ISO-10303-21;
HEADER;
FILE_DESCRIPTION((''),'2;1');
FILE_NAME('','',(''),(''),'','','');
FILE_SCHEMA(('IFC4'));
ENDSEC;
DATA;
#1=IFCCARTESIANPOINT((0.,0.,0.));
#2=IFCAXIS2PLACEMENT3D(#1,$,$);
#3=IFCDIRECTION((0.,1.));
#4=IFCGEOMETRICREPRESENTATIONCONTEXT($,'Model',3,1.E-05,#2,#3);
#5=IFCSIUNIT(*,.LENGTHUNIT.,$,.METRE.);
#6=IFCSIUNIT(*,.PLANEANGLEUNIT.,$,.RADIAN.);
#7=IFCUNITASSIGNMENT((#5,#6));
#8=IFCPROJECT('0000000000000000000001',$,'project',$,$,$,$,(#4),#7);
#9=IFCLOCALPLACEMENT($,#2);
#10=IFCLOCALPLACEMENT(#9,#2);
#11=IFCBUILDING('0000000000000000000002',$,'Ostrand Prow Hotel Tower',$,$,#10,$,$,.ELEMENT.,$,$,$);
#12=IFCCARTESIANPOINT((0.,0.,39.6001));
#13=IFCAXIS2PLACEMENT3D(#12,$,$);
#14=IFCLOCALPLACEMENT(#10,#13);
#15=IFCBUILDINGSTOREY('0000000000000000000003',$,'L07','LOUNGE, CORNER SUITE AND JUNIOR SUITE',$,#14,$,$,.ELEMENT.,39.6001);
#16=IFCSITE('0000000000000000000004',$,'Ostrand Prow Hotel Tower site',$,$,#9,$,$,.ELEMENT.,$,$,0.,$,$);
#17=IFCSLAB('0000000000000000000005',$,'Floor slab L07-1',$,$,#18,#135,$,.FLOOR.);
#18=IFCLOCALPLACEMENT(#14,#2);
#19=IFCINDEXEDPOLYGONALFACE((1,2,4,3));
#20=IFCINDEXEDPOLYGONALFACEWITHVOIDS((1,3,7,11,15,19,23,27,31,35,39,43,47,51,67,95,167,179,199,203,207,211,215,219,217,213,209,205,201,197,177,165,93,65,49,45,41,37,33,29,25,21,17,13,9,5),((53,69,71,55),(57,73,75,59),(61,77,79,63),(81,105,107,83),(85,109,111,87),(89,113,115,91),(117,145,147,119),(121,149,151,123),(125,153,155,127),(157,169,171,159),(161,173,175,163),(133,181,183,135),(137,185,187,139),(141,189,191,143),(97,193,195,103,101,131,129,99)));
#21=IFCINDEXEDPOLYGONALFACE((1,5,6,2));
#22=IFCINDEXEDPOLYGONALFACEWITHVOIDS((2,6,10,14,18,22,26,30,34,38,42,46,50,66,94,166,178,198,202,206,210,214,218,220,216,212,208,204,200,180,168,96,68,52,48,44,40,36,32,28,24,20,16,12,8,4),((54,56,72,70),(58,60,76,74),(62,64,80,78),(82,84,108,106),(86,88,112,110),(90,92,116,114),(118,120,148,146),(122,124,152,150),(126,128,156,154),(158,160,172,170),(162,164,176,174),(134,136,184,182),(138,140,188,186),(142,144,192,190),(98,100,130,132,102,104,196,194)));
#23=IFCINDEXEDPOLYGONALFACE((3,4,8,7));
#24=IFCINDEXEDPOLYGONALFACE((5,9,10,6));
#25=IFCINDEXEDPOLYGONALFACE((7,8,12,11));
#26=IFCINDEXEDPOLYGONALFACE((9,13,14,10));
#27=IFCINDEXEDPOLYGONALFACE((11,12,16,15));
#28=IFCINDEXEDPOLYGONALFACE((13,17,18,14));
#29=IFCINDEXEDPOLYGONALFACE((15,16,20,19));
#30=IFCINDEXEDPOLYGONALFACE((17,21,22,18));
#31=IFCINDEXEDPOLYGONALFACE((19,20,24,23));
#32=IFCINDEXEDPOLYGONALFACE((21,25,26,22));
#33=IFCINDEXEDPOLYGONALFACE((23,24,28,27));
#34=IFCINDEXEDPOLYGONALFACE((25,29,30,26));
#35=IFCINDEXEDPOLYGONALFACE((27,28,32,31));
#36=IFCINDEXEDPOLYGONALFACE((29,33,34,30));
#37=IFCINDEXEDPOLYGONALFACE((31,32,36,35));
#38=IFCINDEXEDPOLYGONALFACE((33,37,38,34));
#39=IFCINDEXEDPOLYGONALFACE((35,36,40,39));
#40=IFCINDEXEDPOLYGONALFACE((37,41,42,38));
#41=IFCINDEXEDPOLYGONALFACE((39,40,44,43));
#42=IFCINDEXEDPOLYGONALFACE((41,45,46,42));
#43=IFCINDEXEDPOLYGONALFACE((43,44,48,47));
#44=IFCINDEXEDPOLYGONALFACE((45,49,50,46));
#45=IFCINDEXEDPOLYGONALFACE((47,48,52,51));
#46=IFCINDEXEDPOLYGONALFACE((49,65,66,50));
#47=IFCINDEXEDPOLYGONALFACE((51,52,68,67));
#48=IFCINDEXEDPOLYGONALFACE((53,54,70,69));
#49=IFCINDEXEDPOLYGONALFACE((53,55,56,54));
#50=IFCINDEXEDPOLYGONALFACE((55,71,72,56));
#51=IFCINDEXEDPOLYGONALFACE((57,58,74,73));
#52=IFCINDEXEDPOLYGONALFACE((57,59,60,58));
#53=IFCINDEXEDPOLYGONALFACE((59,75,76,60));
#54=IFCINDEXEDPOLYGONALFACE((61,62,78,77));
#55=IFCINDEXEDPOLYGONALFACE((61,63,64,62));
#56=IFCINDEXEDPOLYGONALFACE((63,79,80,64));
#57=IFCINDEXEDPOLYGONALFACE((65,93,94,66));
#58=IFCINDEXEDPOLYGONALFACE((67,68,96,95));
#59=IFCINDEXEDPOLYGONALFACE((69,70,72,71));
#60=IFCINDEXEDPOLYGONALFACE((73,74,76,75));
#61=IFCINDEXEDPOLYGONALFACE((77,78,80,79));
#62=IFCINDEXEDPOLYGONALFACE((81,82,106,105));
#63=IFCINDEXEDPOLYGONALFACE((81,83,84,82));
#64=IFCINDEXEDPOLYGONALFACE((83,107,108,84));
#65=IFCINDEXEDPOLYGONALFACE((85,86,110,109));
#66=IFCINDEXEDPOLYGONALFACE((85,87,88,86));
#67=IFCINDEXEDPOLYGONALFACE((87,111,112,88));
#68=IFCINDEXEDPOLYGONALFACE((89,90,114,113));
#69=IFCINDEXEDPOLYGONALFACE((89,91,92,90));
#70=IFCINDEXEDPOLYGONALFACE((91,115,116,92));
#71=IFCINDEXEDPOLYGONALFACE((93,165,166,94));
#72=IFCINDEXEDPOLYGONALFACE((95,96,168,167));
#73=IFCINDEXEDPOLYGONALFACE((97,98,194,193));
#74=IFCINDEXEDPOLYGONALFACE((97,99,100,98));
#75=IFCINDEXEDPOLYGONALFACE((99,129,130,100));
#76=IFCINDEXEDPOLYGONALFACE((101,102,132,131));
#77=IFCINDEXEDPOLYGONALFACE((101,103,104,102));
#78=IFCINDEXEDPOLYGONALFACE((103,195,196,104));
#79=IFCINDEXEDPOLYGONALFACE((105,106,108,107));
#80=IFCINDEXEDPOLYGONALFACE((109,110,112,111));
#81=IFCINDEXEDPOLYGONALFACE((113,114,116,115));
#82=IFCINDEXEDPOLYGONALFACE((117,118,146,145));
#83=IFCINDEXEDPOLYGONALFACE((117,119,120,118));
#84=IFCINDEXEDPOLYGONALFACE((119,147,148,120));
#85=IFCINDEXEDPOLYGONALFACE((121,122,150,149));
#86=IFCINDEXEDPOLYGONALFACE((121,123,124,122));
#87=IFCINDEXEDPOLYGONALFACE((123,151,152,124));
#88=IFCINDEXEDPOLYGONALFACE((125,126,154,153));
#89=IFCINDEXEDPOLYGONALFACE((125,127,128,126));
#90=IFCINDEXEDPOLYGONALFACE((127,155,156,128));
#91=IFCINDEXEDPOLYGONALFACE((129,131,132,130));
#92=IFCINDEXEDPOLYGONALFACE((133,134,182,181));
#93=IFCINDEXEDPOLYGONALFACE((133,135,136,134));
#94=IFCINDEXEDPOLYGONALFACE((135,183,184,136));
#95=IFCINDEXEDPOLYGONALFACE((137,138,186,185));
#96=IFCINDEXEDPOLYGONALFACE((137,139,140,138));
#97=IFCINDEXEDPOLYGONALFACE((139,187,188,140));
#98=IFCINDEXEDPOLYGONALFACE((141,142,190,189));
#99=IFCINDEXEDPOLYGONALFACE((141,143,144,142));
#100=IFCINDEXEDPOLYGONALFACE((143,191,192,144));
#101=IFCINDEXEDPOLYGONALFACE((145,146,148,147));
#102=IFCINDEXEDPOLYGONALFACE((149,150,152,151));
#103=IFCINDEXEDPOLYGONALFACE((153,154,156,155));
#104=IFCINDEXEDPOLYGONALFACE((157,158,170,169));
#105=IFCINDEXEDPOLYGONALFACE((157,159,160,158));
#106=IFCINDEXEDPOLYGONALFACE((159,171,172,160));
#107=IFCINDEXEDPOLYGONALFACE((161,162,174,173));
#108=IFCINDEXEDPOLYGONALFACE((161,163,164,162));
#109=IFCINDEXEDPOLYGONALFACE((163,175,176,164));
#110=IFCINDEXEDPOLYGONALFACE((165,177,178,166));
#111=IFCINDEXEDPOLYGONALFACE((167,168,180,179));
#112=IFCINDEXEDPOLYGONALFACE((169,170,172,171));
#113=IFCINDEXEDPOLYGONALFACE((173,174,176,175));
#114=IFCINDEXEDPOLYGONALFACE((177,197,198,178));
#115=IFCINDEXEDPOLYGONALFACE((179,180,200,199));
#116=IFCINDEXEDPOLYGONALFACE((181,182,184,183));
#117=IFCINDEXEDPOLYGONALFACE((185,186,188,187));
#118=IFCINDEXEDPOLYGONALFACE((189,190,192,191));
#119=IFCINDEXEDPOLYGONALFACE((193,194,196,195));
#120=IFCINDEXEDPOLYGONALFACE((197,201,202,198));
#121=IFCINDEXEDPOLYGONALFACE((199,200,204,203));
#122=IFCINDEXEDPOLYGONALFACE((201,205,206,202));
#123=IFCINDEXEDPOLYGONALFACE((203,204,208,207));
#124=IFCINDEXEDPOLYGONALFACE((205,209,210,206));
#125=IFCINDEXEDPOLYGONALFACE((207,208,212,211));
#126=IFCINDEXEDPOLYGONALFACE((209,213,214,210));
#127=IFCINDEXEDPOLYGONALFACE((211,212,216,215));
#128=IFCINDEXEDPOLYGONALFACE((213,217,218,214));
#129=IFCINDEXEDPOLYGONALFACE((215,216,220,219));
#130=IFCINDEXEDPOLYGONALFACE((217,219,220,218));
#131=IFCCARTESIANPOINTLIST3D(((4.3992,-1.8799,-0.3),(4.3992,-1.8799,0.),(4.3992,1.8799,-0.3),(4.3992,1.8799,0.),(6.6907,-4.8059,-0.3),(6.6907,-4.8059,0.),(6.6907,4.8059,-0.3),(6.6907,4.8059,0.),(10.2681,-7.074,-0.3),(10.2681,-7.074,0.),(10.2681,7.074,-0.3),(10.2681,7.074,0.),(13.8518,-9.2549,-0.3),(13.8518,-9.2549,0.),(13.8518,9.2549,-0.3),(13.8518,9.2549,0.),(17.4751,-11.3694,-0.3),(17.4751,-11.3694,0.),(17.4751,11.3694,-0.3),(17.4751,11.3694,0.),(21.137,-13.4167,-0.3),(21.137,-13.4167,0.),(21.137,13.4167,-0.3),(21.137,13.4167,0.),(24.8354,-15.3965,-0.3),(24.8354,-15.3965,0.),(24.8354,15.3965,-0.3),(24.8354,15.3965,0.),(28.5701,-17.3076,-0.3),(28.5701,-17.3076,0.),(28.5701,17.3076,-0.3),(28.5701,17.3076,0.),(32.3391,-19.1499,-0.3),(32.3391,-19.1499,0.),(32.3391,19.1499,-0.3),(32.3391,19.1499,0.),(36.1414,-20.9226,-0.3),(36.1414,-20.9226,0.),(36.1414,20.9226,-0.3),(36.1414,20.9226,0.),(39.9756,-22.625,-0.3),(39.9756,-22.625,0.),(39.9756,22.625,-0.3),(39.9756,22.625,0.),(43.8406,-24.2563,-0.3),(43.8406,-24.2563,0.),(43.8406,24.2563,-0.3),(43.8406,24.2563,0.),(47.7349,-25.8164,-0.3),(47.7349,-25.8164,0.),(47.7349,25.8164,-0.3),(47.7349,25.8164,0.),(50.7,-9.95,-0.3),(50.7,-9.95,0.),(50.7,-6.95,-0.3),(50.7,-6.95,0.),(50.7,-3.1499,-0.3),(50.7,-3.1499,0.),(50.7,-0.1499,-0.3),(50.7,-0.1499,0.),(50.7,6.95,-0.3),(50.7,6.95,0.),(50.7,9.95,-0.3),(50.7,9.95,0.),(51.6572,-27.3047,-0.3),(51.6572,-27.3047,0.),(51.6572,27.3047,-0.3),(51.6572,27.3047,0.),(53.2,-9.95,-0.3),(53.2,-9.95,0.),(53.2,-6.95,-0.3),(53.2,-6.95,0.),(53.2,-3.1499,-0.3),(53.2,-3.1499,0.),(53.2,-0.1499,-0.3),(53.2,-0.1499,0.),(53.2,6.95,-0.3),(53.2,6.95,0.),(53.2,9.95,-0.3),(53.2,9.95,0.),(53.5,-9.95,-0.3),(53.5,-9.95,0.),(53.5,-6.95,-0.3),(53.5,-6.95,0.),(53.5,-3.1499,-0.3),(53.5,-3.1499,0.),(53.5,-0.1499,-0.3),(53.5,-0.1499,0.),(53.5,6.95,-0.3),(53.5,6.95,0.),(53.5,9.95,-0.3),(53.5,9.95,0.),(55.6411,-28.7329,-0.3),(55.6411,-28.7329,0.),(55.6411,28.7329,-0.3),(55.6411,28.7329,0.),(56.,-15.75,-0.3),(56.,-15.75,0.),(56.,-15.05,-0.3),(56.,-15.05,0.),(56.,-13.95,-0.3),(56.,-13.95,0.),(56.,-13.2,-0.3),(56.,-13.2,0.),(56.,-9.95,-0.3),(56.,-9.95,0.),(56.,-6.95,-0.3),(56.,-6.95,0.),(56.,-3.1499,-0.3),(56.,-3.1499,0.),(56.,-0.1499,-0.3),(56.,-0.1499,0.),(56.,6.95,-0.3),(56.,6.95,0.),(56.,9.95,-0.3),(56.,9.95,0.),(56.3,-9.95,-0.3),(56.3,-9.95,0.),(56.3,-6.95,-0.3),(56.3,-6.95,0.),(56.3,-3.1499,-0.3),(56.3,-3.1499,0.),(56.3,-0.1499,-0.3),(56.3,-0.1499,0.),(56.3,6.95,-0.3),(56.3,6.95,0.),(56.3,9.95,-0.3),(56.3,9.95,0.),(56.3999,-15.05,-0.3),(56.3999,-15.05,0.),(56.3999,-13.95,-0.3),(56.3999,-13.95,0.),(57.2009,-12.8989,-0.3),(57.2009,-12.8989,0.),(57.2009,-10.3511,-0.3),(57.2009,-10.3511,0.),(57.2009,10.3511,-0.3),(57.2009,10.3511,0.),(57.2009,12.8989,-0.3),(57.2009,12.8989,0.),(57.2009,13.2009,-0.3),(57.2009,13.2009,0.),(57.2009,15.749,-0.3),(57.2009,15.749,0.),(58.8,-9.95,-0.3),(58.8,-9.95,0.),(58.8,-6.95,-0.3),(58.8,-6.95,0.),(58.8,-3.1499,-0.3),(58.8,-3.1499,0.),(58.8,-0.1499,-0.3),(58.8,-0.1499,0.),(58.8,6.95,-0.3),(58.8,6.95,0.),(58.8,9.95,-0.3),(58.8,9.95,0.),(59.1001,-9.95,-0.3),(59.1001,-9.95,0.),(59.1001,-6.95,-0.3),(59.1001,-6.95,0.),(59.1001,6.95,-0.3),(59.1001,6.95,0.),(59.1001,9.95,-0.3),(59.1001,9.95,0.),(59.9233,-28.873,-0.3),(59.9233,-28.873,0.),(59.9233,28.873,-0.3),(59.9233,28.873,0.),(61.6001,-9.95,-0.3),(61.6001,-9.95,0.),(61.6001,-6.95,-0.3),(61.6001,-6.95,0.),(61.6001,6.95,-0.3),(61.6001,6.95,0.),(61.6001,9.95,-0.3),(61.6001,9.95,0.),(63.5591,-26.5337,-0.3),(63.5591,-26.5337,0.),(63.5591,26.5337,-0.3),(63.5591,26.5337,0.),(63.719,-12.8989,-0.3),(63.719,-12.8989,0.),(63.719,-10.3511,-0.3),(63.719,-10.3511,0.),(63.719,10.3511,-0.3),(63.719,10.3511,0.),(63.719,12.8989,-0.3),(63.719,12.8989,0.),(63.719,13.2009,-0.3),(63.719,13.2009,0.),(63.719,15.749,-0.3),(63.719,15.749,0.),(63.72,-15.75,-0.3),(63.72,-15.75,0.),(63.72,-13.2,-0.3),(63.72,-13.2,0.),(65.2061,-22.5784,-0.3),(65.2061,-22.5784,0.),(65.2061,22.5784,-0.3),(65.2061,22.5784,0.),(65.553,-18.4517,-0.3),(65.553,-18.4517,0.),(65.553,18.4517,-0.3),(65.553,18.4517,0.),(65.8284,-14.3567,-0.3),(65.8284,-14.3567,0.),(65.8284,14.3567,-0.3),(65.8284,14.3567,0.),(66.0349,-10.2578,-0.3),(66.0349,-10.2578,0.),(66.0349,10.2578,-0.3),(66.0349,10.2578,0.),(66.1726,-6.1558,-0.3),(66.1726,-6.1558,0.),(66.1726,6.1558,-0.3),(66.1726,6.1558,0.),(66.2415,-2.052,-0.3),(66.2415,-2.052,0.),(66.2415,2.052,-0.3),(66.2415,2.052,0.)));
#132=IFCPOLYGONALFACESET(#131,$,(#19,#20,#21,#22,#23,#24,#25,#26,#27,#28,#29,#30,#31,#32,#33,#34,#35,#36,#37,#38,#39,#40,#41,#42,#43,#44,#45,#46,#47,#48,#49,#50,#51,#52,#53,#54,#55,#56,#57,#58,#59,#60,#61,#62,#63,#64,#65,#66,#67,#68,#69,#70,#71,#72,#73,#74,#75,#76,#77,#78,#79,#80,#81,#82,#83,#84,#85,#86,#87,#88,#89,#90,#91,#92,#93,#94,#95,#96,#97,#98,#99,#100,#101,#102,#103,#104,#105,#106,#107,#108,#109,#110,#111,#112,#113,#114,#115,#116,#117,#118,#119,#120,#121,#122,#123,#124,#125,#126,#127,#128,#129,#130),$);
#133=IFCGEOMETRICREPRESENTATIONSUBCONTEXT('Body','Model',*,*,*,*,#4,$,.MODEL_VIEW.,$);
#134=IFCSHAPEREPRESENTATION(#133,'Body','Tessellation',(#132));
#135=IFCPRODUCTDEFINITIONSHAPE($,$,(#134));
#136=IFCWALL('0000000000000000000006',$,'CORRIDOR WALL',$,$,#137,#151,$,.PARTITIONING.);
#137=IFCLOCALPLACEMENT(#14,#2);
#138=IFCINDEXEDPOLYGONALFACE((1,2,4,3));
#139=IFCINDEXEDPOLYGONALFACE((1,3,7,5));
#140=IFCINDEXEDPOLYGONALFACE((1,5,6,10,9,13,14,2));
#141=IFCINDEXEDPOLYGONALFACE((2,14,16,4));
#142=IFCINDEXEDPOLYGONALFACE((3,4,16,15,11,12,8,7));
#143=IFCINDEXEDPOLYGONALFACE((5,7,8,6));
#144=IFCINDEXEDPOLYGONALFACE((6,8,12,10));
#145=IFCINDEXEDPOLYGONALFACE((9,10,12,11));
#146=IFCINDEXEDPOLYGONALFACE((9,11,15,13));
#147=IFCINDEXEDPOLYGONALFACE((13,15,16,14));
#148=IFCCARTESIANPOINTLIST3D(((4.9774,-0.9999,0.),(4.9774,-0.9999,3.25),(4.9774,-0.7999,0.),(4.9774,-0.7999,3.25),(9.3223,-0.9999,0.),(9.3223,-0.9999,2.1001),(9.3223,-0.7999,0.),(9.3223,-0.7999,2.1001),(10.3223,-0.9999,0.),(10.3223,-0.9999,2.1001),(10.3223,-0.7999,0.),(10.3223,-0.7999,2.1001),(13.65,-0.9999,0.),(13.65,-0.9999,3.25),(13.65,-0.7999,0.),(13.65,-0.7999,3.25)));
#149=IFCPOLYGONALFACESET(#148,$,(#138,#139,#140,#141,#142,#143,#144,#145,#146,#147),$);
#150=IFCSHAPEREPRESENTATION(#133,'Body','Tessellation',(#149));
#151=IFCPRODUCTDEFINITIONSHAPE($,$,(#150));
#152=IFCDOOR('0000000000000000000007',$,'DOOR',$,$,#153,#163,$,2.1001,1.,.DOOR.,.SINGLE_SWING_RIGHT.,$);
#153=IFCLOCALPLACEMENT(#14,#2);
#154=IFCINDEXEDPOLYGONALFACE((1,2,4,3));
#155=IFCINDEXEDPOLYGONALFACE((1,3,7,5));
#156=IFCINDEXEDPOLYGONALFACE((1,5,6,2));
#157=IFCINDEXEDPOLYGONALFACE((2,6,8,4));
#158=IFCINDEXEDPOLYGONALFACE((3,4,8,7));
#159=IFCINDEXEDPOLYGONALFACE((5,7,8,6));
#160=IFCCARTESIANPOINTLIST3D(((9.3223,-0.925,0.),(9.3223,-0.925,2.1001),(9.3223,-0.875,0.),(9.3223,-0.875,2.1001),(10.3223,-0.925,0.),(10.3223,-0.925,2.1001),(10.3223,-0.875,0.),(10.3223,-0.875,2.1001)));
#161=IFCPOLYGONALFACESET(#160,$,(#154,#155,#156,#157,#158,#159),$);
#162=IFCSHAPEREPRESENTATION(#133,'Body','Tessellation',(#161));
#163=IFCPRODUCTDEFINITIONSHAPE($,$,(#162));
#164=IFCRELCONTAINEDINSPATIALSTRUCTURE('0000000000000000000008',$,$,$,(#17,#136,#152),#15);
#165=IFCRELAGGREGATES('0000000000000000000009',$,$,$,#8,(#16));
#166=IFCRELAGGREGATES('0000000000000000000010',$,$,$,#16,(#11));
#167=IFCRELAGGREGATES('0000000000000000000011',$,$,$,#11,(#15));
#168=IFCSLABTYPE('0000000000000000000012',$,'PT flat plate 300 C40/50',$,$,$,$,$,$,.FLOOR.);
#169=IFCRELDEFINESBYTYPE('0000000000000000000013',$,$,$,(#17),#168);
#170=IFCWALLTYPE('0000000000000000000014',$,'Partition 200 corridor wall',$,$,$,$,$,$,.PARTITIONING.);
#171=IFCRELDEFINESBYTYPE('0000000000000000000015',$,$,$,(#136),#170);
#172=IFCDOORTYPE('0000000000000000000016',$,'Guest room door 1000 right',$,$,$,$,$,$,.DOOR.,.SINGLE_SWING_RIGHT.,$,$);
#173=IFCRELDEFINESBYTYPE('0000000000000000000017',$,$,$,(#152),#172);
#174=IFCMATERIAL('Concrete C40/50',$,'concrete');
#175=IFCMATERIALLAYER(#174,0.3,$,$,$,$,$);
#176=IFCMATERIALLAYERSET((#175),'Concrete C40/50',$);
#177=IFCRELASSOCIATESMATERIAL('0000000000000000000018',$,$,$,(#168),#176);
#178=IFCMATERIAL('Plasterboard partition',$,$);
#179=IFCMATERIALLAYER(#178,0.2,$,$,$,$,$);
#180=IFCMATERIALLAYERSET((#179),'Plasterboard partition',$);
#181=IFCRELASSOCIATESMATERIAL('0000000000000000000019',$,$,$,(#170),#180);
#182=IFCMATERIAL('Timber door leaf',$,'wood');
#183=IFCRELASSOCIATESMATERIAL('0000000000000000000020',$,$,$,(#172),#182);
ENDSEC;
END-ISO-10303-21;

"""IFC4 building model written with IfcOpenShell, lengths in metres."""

from ifc_helpers import new_model, si_unit, direction, frame, frame_2d, origin, place, context, subcontext, project, spatial, polyline, rectangle, outline, extrude, material, layer, layer_set, type_object, element, fill, save


model = new_model("IFC4")

# Units and contexts
model_context = context("Model", 3, precision=1e-05, world=origin(), true_north=direction((0.0, 1.0)))
body_context = subcontext(model_context, "Body", "Model", "MODEL_VIEW")
ifc_project = project(units=[si_unit("LENGTHUNIT", "METRE"), si_unit("PLANEANGLEUNIT", "RADIAN")], contexts=[model_context])

# Site, building, storey
site_placement = place(None, origin())
site = spatial("IfcSite", under=ifc_project, at=site_placement, Name="Ostrand Prow Hotel Tower site", CompositionType="ELEMENT", RefElevation=0.0)
building_placement = place(site_placement, origin())
building = spatial("IfcBuilding", under=site, at=building_placement, Name="Ostrand Prow Hotel Tower", CompositionType="ELEMENT")
storey_placement = place(building_placement, frame((0.0, 0.0, 39.6001)))
storey = spatial("IfcBuildingStorey", under=building, at=storey_placement, Name="L07", Description="LOUNGE, CORNER SUITE AND JUNIOR SUITE", CompositionType="ELEMENT", Elevation=39.6001)

# Slab, opening
ifc_material_1 = material(Name="Concrete C40/50", Category="concrete")
ifc_layer_1 = layer(ifc_material_1, 0.3)
ifc_layer_set_1 = layer_set([ifc_layer_1], Name="Concrete C40/50")
slab_type = type_object("IfcSlabType", Name="PT flat plate 300 C40/50", PredefinedType="FLOOR", material=ifc_layer_set_1)
slab_placement = place(storey_placement, frame((0.0, 0.0, -0.3)))
slab = element("IfcSlab", 1, at=slab_placement, inside=storey, type_object=slab_type, Name="Floor slab L07-1", PredefinedType="FLOOR", context=body_context, shape_type="SweptSolid", body=[
    extrude(outline(polyline([(6.6907, 4.8059), (10.2681, 7.074), (13.8518, 9.2549), (17.4751, 11.3694), (21.137, 13.4167), (24.8354, 15.3965), (28.5701, 17.3076), (32.3391, 19.1499), (36.1414, 20.9226), (39.9756, 22.625), (43.8406, 24.2563), (47.7349, 25.8164), (51.6572, 27.3047), (55.6411, 28.7329), (59.9233, 28.873), (63.5591, 26.5337), (65.2061, 22.5784), (65.553, 18.4517), (65.8284, 14.3567), (66.0349, 10.2578), (66.1726, 6.1558), (66.2415, 2.052), (66.2415, -2.052), (66.1726, -6.1558), (66.0349, -10.2578), (65.8284, -14.3567), (65.553, -18.4517), (65.2061, -22.5784), (63.5591, -26.5337), (59.9233, -28.873), (55.6411, -28.7329), (51.6572, -27.3047), (47.7349, -25.8164), (43.8406, -24.2563), (39.9756, -22.625), (36.1414, -20.9226), (32.3391, -19.1499), (28.5701, -17.3076), (24.8354, -15.3965), (21.137, -13.4167), (17.4751, -11.3694), (13.8518, -9.2549), (10.2681, -7.074), (6.6907, -4.8059), (4.3992, -1.8799), (4.3992, 1.8799), (6.6907, 4.8059)]), holes=[polyline([(50.7, 6.95), (53.2, 6.95), (53.2, 9.95), (50.7, 9.95), (50.7, 6.95)]), polyline([(53.5, 6.95), (56.0, 6.95), (56.0, 9.95), (53.5, 9.95), (53.5, 6.95)]), polyline([(56.3, 6.95), (58.8, 6.95), (58.8, 9.95), (56.3, 9.95), (56.3, 6.95)]), polyline([(59.1001, 6.95), (61.6001, 6.95), (61.6001, 9.95), (59.1001, 9.95), (59.1001, 6.95)]), polyline([(50.7, -3.1499), (53.2, -3.1499), (53.2, -0.1499), (50.7, -0.1499), (50.7, -3.1499)]), polyline([(53.5, -3.1499), (56.0, -3.1499), (56.0, -0.1499), (53.5, -0.1499), (53.5, -3.1499)]), polyline([(56.3, -3.1499), (58.8, -3.1499), (58.8, -0.1499), (56.3, -0.1499), (56.3, -3.1499)]), polyline([(50.7, -9.95), (53.2, -9.95), (53.2, -6.95), (50.7, -6.95), (50.7, -9.95)]), polyline([(53.5, -9.95), (56.0, -9.95), (56.0, -6.95), (53.5, -6.95), (53.5, -9.95)]), polyline([(56.3, -9.95), (58.8, -9.95), (58.8, -6.95), (56.3, -6.95), (56.3, -9.95)]), polyline([(59.1001, -9.95), (61.6001, -9.95), (61.6001, -6.95), (59.1001, -6.95), (59.1001, -9.95)]), polyline([(57.2009, 10.3511), (57.2009, 12.8989), (63.719, 12.8989), (63.719, 10.3511), (57.2009, 10.3511)]), polyline([(57.2009, 13.2009), (57.2009, 15.749), (63.719, 15.749), (63.719, 13.2009), (57.2009, 13.2009)]), polyline([(57.2009, -12.8989), (57.2009, -10.3511), (63.719, -10.3511), (63.719, -12.8989), (57.2009, -12.8989)]), polyline([(56.0, -13.2), (63.72, -13.2), (63.72, -15.75), (56.0, -15.75), (56.0, -15.05), (56.3999, -15.05), (56.3999, -13.95), (56.0, -13.95), (56.0, -13.2)])]), origin(), (0.0, 0.0, 1.0), 0.3),
])
opening_1_placement = place(slab_placement, origin())
element("IfcOpeningElement", 2, at=opening_1_placement, cuts=slab, PredefinedType="OPENING", context=body_context, shape_type="SweptSolid", body=[
    extrude(outline(polyline([(56.0, -13.2), (63.72, -13.2), (63.72, -15.75), (56.0, -15.75), (56.0, -15.05), (56.3999, -15.05), (56.3999, -13.95), (56.0, -13.95), (56.0, -13.2)])), origin(), (0.0, 0.0, 1.0), 0.3),
])

# Wall, opening, door
ifc_material_2 = material(Name="Plasterboard partition")
ifc_layer_2 = layer(ifc_material_2, 0.2)
ifc_layer_set_2 = layer_set([ifc_layer_2], Name="Plasterboard partition")
wall_type_1 = type_object("IfcWallType", Name="Partition 200 corridor wall", PredefinedType="PARTITIONING", material=ifc_layer_set_2)
wall_1_placement = place(storey_placement, frame((4.9773, -0.8999, 0.0), z_axis=(0.0, 0.0, 1.0), x_axis=(1.0, 0.0, 0.0)))
wall_1 = element("IfcWall", 3, at=wall_1_placement, inside=storey, type_object=wall_type_1, Name="CORRIDOR WALL", PredefinedType="PARTITIONING", context=body_context, shape_type="SweptSolid", body=[
    extrude(rectangle(XDim=8.6726, YDim=0.2, at=frame_2d((4.3364, 0.0))), origin(), (0.0, 0.0, 1.0), 3.25),
])
opening_2_placement = place(wall_1_placement, frame((4.345, 0.0, 0.0)))
opening_2 = element("IfcOpeningElement", 4, at=opening_2_placement, cuts=wall_1, PredefinedType="OPENING", context=body_context, shape_type="SweptSolid", body=[
    extrude(rectangle(XDim=1.0, YDim=2.1001, at=frame_2d((0.5, 1.05))), frame((0.0, 0.1099, 0.0), z_axis=(0.0, -1.0, 0.0), x_axis=(1.0, 0.0, 0.0)), (0.0, 0.0, 1.0), 0.22),
])
ifc_material_3 = material(Name="Timber door leaf", Category="wood")
door_type = type_object("IfcDoorType", Name="Guest room door 1000 right", OperationType="SINGLE_SWING_RIGHT", PredefinedType="DOOR", material=ifc_material_3)
door_placement = place(opening_2_placement, origin())
door = element("IfcDoor", 5, at=door_placement, inside=storey, type_object=door_type, Name="DOOR", OperationType="SINGLE_SWING_RIGHT", OverallHeight=2.1001, OverallWidth=1.0, PredefinedType="DOOR", context=body_context, shape_type="SweptSolid", body=[
    extrude(rectangle(XDim=1.0, YDim=2.1001, at=frame_2d((0.5, 1.05))), frame((0.0, 0.0249, 0.0), z_axis=(0.0, -1.0, 0.0), x_axis=(1.0, 0.0, 0.0)), (0.0, 0.0, 1.0), 0.05),
])
fill(opening_2, door)

save(model, "model.ifc")
